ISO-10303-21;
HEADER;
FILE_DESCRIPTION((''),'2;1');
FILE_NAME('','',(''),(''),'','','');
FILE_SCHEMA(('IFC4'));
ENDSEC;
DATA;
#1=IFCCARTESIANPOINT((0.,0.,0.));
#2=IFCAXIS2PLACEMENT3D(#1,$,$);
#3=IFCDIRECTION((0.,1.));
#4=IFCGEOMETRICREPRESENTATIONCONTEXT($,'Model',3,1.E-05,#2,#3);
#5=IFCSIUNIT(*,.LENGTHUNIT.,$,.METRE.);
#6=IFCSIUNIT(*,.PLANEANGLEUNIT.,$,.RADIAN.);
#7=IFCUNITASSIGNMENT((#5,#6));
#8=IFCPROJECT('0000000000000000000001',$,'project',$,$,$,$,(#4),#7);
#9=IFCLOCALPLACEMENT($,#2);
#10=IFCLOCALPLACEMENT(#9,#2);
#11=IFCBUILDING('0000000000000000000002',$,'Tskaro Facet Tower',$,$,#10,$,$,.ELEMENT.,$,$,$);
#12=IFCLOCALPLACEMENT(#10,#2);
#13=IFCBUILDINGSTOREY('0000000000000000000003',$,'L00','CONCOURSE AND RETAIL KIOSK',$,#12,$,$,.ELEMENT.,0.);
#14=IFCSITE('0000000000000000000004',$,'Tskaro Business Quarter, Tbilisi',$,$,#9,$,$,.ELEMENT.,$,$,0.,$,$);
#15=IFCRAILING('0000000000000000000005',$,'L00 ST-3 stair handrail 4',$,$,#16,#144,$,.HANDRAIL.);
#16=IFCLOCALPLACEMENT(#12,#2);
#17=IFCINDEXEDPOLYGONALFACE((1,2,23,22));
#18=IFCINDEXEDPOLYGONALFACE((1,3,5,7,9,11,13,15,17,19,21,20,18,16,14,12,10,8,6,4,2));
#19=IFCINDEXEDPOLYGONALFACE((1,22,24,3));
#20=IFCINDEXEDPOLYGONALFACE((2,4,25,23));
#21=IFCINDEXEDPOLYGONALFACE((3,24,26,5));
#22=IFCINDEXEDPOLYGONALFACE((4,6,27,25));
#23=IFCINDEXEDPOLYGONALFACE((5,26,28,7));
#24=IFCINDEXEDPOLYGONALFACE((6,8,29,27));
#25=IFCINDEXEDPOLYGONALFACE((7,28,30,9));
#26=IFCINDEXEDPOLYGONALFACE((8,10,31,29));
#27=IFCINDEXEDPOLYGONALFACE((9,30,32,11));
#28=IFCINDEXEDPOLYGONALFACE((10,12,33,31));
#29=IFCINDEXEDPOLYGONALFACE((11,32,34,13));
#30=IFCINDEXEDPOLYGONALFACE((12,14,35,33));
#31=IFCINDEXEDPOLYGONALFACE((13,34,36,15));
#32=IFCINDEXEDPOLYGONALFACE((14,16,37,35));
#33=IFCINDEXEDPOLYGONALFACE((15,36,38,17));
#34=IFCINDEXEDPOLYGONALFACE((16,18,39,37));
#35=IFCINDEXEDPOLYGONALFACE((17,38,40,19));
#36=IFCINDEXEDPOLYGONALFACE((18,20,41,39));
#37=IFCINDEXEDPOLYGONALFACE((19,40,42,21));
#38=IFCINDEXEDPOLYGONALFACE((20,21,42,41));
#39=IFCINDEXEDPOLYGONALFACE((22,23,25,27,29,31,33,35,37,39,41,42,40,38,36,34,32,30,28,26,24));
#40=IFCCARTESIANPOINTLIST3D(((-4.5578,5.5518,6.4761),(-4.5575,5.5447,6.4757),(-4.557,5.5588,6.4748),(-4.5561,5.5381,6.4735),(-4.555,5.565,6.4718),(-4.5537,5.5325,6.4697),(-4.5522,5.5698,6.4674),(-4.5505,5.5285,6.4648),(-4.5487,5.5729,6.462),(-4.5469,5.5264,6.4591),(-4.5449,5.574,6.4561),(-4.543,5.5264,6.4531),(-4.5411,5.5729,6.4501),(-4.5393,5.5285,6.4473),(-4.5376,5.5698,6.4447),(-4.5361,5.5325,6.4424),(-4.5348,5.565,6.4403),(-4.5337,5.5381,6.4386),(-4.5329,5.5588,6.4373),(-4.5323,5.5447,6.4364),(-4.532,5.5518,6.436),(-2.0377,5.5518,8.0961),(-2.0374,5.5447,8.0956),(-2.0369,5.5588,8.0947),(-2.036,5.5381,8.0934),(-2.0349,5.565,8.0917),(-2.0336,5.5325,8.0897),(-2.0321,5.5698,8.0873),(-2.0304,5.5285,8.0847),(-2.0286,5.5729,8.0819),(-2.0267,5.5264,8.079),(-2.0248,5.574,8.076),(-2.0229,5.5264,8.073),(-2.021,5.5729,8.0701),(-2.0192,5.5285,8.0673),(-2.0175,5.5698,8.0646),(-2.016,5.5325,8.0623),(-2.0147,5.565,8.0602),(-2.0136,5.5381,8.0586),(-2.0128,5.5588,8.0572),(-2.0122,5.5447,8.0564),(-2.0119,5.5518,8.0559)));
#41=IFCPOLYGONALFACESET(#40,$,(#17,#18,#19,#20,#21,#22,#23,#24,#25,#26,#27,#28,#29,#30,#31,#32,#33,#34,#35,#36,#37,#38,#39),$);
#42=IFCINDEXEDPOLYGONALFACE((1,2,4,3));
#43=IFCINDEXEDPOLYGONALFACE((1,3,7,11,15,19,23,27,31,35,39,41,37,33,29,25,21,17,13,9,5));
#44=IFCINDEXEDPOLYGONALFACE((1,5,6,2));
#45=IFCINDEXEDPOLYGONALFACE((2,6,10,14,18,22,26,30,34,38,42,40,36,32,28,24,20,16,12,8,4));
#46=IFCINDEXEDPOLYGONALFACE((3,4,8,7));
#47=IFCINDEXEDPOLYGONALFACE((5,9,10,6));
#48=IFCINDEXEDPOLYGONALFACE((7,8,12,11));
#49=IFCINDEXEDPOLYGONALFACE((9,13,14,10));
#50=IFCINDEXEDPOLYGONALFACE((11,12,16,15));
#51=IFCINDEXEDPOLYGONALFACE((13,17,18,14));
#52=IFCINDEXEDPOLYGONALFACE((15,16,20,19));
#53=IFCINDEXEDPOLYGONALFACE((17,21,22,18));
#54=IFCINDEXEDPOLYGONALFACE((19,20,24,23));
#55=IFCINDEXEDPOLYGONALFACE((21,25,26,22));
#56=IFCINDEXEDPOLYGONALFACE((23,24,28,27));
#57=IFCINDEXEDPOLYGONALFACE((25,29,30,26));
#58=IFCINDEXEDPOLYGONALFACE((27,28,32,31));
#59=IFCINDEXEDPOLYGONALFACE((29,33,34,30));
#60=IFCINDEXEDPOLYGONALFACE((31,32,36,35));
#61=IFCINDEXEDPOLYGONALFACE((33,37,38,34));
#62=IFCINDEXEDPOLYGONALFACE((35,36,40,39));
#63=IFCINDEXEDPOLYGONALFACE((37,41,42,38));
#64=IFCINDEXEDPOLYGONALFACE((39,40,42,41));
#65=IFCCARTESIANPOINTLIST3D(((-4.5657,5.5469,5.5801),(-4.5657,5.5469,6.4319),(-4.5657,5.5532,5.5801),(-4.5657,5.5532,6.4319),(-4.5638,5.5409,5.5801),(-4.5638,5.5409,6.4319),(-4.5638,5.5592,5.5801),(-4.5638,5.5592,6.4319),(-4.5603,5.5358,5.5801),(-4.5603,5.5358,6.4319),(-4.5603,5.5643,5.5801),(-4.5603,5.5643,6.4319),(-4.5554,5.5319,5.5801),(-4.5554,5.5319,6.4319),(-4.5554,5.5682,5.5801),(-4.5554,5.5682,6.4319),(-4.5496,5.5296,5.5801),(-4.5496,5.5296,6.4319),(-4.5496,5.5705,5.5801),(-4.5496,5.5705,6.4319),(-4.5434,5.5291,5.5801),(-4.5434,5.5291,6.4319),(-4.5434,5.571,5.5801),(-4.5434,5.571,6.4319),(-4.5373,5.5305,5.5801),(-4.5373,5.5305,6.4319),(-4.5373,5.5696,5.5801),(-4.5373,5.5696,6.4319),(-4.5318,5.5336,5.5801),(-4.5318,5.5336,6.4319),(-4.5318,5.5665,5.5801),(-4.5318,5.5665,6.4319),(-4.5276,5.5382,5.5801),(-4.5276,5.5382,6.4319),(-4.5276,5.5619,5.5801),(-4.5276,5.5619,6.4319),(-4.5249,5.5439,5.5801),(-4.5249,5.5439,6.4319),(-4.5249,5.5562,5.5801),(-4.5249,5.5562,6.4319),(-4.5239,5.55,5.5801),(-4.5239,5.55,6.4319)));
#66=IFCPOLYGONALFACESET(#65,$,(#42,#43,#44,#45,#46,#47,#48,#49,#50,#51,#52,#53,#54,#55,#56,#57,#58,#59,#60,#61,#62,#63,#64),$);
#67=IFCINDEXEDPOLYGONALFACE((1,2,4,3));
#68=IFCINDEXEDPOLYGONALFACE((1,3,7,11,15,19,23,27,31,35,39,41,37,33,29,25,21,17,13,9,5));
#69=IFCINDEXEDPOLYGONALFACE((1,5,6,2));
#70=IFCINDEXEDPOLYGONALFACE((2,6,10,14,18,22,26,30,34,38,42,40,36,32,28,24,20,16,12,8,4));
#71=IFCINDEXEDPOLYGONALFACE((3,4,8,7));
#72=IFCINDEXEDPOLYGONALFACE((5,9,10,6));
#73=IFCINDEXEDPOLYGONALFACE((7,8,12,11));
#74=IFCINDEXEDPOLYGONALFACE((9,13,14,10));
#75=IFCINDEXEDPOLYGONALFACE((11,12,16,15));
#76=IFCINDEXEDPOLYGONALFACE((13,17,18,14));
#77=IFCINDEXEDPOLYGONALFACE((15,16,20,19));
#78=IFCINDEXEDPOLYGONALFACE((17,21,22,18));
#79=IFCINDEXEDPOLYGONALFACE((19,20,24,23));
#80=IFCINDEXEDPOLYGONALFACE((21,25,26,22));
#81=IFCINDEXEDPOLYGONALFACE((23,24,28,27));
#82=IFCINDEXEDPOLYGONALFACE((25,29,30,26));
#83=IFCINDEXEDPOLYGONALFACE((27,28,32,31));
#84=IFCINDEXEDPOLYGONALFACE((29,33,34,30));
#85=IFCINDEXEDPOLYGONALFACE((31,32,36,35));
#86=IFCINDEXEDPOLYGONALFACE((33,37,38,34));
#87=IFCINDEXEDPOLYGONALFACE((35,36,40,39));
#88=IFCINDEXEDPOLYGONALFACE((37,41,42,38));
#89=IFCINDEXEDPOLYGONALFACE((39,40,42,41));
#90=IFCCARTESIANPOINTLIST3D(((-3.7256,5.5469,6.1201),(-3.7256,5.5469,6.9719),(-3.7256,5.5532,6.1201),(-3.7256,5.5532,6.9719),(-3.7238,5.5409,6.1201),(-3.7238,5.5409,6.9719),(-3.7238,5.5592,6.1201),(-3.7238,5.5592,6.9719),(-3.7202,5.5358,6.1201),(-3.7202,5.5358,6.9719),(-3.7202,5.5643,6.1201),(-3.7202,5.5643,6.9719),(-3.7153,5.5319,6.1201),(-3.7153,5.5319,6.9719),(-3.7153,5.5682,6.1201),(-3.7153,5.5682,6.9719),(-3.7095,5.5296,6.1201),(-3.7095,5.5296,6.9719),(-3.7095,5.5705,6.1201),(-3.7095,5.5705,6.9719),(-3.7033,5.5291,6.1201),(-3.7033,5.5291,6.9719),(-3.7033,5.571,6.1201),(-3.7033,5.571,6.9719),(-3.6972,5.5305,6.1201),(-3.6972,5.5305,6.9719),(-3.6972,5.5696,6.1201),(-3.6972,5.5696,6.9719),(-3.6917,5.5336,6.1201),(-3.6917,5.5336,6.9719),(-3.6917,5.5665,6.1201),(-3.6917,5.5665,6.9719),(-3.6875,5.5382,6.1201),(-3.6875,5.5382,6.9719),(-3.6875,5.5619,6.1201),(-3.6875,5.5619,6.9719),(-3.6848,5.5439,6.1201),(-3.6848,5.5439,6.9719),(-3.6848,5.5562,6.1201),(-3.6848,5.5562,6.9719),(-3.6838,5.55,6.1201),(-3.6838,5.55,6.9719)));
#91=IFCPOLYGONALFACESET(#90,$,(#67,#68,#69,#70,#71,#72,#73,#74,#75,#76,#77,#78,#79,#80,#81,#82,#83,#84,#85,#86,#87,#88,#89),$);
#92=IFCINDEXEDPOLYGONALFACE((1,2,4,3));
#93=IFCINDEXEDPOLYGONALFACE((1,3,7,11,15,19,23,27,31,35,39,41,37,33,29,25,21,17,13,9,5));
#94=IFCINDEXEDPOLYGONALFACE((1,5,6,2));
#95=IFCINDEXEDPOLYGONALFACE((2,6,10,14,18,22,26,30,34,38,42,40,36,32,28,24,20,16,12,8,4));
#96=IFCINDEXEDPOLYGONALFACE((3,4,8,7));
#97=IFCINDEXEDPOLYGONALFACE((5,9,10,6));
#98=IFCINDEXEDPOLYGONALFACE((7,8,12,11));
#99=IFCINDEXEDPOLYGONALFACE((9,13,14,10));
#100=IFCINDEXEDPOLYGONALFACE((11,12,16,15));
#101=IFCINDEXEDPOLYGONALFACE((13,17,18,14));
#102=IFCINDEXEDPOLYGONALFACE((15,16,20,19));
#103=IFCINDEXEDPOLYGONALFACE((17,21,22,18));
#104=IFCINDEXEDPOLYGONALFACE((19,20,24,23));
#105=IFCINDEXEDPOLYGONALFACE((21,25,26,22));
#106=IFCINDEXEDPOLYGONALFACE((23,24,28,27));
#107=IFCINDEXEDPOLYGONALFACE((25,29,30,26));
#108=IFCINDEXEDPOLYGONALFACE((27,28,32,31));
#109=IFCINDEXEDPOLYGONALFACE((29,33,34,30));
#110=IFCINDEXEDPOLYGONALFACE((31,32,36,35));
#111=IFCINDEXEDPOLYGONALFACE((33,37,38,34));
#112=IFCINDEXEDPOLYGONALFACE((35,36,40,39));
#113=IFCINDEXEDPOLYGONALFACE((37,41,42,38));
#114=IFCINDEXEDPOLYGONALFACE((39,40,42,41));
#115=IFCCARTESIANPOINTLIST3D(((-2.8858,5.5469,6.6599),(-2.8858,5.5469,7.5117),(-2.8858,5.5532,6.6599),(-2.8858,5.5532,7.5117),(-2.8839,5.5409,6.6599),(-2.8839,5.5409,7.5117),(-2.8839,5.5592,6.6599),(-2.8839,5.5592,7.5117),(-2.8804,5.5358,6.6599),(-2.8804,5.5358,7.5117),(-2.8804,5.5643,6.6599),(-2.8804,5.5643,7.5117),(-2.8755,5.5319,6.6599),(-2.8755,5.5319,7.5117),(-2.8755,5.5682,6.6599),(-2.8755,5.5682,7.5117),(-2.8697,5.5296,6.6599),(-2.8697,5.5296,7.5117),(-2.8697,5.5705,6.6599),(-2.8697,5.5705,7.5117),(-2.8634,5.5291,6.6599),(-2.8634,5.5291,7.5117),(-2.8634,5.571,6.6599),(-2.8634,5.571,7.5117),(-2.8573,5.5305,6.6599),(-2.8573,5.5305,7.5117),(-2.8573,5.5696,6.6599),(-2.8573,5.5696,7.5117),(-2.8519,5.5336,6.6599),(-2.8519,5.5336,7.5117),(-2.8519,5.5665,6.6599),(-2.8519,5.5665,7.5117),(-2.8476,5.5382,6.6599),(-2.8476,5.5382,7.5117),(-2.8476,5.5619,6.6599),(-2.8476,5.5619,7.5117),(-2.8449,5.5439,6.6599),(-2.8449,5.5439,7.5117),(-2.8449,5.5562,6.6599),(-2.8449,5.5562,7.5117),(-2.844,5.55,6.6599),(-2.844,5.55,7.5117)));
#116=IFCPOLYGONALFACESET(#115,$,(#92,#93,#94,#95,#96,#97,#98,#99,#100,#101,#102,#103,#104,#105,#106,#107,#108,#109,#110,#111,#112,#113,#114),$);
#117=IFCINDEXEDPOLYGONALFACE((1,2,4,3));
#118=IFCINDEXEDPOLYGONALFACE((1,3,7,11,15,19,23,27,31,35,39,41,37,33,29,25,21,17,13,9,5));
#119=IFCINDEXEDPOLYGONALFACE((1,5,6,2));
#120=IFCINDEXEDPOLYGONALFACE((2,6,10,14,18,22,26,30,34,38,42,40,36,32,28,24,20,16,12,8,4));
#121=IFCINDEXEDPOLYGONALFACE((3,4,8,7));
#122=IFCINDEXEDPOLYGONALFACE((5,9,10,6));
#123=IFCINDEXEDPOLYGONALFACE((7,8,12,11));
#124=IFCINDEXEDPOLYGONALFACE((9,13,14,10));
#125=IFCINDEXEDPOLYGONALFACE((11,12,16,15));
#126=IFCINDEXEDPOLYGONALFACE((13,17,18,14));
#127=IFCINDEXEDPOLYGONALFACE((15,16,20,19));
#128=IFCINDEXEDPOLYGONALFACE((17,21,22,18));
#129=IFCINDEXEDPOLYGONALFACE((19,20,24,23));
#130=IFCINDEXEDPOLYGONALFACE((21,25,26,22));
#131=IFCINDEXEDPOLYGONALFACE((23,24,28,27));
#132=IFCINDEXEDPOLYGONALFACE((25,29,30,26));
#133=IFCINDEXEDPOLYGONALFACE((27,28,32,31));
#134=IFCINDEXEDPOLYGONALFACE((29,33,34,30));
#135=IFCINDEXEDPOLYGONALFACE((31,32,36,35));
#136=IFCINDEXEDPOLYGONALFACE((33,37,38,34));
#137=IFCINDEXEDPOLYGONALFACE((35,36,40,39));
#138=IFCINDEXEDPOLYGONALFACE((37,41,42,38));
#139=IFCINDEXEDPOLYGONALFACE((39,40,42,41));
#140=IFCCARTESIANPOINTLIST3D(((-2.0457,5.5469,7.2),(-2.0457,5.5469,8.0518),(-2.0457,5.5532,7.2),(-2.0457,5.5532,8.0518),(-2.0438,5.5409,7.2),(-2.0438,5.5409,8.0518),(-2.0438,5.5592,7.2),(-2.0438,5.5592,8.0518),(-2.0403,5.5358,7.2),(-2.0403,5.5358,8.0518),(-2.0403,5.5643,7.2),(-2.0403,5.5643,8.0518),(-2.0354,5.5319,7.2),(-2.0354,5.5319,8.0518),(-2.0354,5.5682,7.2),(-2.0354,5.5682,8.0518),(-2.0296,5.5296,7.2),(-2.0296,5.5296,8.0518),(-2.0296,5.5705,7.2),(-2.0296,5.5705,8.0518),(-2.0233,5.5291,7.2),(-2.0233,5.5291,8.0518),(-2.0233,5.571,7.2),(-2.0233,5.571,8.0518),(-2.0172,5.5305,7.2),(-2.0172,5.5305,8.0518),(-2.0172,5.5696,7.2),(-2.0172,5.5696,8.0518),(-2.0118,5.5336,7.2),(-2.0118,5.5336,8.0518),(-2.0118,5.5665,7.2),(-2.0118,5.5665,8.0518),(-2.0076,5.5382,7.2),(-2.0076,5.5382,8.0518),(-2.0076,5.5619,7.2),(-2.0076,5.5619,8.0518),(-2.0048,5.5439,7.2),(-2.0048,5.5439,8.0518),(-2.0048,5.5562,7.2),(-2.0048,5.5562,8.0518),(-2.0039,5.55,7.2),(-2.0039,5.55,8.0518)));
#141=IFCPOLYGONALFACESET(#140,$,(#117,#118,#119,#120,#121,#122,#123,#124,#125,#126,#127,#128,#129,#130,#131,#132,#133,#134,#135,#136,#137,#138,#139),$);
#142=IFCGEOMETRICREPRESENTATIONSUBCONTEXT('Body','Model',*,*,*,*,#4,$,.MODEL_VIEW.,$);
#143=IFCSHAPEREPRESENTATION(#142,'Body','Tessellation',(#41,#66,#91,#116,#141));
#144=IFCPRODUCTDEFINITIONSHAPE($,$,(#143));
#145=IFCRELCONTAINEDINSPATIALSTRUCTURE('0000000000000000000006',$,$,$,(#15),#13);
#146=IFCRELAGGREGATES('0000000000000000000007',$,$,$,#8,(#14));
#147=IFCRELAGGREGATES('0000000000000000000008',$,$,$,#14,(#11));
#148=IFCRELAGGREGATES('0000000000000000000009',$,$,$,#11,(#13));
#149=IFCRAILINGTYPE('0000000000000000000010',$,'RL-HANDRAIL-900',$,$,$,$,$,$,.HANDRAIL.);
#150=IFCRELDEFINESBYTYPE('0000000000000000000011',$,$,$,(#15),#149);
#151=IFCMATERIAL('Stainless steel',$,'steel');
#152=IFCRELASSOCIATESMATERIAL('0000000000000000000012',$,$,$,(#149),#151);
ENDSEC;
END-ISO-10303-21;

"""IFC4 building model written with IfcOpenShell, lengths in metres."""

from ifc_helpers import new_model, si_unit, direction, frame, origin, origin_2d, place, context, subcontext, project, spatial, circle, extrude, material, type_object, element, save


model = new_model("IFC4")

# Units and contexts
model_context = context("Model", 3, precision=1e-05, world=origin(), true_north=direction((0.0, 1.0)))
body_context = subcontext(model_context, "Body", "Model", "MODEL_VIEW")
ifc_project = project(units=[si_unit("LENGTHUNIT", "METRE"), si_unit("PLANEANGLEUNIT", "RADIAN")], contexts=[model_context])

# Site, building, storey
site_placement = place(None, origin())
site = spatial("IfcSite", under=ifc_project, at=site_placement, Name="Tskaro Business Quarter, Tbilisi", CompositionType="ELEMENT", RefElevation=0.0)
building_placement = place(site_placement, origin())
building = spatial("IfcBuilding", under=site, at=building_placement, Name="Tskaro Facet Tower", CompositionType="ELEMENT")
storey_placement = place(building_placement, origin())
storey = spatial("IfcBuildingStorey", under=building, at=storey_placement, Name="L00", Description="CONCOURSE AND RETAIL KIOSK", CompositionType="ELEMENT", Elevation=0.0)

# Railing
ifc_material_1 = material(Name="Stainless steel", Category="steel")
railing_type_1 = type_object("IfcRailingType", Name="RL-HANDRAIL-900", PredefinedType="HANDRAIL", material=ifc_material_1)
railing_1_placement = place(storey_placement, frame((-4.5449, 5.55, 5.5801)))
element("IfcRailing", 1, at=railing_1_placement, inside=storey, type_object=railing_type_1, Name="L00 ST-3 stair handrail 4", PredefinedType="HANDRAIL", context=body_context, shape_type="SweptSolid", body=[
    extrude(circle(Radius=0.0239, at=origin_2d()), frame((0.0, 0.0, 0.876), z_axis=(0.8412, 0.0, 0.540725), x_axis=(0.0, 1.0, 0.0)), (0.0, 0.0, 1.0), 2.9958),
    extrude(circle(Radius=0.021, at=origin_2d()), origin(), (0.0, 0.0, 1.0), 0.8518),
    extrude(circle(Radius=0.021, at=origin_2d()), frame((0.8401, 0.0, 0.54)), (0.0, 0.0, 1.0), 0.8518),
    extrude(circle(Radius=0.021, at=origin_2d()), frame((1.6799, 0.0, 1.0798)), (0.0, 0.0, 1.0), 0.8518),
    extrude(circle(Radius=0.021, at=origin_2d()), frame((2.52, 0.0, 1.6199)), (0.0, 0.0, 1.0), 0.8518),
])

save(model, "model.ifc")
